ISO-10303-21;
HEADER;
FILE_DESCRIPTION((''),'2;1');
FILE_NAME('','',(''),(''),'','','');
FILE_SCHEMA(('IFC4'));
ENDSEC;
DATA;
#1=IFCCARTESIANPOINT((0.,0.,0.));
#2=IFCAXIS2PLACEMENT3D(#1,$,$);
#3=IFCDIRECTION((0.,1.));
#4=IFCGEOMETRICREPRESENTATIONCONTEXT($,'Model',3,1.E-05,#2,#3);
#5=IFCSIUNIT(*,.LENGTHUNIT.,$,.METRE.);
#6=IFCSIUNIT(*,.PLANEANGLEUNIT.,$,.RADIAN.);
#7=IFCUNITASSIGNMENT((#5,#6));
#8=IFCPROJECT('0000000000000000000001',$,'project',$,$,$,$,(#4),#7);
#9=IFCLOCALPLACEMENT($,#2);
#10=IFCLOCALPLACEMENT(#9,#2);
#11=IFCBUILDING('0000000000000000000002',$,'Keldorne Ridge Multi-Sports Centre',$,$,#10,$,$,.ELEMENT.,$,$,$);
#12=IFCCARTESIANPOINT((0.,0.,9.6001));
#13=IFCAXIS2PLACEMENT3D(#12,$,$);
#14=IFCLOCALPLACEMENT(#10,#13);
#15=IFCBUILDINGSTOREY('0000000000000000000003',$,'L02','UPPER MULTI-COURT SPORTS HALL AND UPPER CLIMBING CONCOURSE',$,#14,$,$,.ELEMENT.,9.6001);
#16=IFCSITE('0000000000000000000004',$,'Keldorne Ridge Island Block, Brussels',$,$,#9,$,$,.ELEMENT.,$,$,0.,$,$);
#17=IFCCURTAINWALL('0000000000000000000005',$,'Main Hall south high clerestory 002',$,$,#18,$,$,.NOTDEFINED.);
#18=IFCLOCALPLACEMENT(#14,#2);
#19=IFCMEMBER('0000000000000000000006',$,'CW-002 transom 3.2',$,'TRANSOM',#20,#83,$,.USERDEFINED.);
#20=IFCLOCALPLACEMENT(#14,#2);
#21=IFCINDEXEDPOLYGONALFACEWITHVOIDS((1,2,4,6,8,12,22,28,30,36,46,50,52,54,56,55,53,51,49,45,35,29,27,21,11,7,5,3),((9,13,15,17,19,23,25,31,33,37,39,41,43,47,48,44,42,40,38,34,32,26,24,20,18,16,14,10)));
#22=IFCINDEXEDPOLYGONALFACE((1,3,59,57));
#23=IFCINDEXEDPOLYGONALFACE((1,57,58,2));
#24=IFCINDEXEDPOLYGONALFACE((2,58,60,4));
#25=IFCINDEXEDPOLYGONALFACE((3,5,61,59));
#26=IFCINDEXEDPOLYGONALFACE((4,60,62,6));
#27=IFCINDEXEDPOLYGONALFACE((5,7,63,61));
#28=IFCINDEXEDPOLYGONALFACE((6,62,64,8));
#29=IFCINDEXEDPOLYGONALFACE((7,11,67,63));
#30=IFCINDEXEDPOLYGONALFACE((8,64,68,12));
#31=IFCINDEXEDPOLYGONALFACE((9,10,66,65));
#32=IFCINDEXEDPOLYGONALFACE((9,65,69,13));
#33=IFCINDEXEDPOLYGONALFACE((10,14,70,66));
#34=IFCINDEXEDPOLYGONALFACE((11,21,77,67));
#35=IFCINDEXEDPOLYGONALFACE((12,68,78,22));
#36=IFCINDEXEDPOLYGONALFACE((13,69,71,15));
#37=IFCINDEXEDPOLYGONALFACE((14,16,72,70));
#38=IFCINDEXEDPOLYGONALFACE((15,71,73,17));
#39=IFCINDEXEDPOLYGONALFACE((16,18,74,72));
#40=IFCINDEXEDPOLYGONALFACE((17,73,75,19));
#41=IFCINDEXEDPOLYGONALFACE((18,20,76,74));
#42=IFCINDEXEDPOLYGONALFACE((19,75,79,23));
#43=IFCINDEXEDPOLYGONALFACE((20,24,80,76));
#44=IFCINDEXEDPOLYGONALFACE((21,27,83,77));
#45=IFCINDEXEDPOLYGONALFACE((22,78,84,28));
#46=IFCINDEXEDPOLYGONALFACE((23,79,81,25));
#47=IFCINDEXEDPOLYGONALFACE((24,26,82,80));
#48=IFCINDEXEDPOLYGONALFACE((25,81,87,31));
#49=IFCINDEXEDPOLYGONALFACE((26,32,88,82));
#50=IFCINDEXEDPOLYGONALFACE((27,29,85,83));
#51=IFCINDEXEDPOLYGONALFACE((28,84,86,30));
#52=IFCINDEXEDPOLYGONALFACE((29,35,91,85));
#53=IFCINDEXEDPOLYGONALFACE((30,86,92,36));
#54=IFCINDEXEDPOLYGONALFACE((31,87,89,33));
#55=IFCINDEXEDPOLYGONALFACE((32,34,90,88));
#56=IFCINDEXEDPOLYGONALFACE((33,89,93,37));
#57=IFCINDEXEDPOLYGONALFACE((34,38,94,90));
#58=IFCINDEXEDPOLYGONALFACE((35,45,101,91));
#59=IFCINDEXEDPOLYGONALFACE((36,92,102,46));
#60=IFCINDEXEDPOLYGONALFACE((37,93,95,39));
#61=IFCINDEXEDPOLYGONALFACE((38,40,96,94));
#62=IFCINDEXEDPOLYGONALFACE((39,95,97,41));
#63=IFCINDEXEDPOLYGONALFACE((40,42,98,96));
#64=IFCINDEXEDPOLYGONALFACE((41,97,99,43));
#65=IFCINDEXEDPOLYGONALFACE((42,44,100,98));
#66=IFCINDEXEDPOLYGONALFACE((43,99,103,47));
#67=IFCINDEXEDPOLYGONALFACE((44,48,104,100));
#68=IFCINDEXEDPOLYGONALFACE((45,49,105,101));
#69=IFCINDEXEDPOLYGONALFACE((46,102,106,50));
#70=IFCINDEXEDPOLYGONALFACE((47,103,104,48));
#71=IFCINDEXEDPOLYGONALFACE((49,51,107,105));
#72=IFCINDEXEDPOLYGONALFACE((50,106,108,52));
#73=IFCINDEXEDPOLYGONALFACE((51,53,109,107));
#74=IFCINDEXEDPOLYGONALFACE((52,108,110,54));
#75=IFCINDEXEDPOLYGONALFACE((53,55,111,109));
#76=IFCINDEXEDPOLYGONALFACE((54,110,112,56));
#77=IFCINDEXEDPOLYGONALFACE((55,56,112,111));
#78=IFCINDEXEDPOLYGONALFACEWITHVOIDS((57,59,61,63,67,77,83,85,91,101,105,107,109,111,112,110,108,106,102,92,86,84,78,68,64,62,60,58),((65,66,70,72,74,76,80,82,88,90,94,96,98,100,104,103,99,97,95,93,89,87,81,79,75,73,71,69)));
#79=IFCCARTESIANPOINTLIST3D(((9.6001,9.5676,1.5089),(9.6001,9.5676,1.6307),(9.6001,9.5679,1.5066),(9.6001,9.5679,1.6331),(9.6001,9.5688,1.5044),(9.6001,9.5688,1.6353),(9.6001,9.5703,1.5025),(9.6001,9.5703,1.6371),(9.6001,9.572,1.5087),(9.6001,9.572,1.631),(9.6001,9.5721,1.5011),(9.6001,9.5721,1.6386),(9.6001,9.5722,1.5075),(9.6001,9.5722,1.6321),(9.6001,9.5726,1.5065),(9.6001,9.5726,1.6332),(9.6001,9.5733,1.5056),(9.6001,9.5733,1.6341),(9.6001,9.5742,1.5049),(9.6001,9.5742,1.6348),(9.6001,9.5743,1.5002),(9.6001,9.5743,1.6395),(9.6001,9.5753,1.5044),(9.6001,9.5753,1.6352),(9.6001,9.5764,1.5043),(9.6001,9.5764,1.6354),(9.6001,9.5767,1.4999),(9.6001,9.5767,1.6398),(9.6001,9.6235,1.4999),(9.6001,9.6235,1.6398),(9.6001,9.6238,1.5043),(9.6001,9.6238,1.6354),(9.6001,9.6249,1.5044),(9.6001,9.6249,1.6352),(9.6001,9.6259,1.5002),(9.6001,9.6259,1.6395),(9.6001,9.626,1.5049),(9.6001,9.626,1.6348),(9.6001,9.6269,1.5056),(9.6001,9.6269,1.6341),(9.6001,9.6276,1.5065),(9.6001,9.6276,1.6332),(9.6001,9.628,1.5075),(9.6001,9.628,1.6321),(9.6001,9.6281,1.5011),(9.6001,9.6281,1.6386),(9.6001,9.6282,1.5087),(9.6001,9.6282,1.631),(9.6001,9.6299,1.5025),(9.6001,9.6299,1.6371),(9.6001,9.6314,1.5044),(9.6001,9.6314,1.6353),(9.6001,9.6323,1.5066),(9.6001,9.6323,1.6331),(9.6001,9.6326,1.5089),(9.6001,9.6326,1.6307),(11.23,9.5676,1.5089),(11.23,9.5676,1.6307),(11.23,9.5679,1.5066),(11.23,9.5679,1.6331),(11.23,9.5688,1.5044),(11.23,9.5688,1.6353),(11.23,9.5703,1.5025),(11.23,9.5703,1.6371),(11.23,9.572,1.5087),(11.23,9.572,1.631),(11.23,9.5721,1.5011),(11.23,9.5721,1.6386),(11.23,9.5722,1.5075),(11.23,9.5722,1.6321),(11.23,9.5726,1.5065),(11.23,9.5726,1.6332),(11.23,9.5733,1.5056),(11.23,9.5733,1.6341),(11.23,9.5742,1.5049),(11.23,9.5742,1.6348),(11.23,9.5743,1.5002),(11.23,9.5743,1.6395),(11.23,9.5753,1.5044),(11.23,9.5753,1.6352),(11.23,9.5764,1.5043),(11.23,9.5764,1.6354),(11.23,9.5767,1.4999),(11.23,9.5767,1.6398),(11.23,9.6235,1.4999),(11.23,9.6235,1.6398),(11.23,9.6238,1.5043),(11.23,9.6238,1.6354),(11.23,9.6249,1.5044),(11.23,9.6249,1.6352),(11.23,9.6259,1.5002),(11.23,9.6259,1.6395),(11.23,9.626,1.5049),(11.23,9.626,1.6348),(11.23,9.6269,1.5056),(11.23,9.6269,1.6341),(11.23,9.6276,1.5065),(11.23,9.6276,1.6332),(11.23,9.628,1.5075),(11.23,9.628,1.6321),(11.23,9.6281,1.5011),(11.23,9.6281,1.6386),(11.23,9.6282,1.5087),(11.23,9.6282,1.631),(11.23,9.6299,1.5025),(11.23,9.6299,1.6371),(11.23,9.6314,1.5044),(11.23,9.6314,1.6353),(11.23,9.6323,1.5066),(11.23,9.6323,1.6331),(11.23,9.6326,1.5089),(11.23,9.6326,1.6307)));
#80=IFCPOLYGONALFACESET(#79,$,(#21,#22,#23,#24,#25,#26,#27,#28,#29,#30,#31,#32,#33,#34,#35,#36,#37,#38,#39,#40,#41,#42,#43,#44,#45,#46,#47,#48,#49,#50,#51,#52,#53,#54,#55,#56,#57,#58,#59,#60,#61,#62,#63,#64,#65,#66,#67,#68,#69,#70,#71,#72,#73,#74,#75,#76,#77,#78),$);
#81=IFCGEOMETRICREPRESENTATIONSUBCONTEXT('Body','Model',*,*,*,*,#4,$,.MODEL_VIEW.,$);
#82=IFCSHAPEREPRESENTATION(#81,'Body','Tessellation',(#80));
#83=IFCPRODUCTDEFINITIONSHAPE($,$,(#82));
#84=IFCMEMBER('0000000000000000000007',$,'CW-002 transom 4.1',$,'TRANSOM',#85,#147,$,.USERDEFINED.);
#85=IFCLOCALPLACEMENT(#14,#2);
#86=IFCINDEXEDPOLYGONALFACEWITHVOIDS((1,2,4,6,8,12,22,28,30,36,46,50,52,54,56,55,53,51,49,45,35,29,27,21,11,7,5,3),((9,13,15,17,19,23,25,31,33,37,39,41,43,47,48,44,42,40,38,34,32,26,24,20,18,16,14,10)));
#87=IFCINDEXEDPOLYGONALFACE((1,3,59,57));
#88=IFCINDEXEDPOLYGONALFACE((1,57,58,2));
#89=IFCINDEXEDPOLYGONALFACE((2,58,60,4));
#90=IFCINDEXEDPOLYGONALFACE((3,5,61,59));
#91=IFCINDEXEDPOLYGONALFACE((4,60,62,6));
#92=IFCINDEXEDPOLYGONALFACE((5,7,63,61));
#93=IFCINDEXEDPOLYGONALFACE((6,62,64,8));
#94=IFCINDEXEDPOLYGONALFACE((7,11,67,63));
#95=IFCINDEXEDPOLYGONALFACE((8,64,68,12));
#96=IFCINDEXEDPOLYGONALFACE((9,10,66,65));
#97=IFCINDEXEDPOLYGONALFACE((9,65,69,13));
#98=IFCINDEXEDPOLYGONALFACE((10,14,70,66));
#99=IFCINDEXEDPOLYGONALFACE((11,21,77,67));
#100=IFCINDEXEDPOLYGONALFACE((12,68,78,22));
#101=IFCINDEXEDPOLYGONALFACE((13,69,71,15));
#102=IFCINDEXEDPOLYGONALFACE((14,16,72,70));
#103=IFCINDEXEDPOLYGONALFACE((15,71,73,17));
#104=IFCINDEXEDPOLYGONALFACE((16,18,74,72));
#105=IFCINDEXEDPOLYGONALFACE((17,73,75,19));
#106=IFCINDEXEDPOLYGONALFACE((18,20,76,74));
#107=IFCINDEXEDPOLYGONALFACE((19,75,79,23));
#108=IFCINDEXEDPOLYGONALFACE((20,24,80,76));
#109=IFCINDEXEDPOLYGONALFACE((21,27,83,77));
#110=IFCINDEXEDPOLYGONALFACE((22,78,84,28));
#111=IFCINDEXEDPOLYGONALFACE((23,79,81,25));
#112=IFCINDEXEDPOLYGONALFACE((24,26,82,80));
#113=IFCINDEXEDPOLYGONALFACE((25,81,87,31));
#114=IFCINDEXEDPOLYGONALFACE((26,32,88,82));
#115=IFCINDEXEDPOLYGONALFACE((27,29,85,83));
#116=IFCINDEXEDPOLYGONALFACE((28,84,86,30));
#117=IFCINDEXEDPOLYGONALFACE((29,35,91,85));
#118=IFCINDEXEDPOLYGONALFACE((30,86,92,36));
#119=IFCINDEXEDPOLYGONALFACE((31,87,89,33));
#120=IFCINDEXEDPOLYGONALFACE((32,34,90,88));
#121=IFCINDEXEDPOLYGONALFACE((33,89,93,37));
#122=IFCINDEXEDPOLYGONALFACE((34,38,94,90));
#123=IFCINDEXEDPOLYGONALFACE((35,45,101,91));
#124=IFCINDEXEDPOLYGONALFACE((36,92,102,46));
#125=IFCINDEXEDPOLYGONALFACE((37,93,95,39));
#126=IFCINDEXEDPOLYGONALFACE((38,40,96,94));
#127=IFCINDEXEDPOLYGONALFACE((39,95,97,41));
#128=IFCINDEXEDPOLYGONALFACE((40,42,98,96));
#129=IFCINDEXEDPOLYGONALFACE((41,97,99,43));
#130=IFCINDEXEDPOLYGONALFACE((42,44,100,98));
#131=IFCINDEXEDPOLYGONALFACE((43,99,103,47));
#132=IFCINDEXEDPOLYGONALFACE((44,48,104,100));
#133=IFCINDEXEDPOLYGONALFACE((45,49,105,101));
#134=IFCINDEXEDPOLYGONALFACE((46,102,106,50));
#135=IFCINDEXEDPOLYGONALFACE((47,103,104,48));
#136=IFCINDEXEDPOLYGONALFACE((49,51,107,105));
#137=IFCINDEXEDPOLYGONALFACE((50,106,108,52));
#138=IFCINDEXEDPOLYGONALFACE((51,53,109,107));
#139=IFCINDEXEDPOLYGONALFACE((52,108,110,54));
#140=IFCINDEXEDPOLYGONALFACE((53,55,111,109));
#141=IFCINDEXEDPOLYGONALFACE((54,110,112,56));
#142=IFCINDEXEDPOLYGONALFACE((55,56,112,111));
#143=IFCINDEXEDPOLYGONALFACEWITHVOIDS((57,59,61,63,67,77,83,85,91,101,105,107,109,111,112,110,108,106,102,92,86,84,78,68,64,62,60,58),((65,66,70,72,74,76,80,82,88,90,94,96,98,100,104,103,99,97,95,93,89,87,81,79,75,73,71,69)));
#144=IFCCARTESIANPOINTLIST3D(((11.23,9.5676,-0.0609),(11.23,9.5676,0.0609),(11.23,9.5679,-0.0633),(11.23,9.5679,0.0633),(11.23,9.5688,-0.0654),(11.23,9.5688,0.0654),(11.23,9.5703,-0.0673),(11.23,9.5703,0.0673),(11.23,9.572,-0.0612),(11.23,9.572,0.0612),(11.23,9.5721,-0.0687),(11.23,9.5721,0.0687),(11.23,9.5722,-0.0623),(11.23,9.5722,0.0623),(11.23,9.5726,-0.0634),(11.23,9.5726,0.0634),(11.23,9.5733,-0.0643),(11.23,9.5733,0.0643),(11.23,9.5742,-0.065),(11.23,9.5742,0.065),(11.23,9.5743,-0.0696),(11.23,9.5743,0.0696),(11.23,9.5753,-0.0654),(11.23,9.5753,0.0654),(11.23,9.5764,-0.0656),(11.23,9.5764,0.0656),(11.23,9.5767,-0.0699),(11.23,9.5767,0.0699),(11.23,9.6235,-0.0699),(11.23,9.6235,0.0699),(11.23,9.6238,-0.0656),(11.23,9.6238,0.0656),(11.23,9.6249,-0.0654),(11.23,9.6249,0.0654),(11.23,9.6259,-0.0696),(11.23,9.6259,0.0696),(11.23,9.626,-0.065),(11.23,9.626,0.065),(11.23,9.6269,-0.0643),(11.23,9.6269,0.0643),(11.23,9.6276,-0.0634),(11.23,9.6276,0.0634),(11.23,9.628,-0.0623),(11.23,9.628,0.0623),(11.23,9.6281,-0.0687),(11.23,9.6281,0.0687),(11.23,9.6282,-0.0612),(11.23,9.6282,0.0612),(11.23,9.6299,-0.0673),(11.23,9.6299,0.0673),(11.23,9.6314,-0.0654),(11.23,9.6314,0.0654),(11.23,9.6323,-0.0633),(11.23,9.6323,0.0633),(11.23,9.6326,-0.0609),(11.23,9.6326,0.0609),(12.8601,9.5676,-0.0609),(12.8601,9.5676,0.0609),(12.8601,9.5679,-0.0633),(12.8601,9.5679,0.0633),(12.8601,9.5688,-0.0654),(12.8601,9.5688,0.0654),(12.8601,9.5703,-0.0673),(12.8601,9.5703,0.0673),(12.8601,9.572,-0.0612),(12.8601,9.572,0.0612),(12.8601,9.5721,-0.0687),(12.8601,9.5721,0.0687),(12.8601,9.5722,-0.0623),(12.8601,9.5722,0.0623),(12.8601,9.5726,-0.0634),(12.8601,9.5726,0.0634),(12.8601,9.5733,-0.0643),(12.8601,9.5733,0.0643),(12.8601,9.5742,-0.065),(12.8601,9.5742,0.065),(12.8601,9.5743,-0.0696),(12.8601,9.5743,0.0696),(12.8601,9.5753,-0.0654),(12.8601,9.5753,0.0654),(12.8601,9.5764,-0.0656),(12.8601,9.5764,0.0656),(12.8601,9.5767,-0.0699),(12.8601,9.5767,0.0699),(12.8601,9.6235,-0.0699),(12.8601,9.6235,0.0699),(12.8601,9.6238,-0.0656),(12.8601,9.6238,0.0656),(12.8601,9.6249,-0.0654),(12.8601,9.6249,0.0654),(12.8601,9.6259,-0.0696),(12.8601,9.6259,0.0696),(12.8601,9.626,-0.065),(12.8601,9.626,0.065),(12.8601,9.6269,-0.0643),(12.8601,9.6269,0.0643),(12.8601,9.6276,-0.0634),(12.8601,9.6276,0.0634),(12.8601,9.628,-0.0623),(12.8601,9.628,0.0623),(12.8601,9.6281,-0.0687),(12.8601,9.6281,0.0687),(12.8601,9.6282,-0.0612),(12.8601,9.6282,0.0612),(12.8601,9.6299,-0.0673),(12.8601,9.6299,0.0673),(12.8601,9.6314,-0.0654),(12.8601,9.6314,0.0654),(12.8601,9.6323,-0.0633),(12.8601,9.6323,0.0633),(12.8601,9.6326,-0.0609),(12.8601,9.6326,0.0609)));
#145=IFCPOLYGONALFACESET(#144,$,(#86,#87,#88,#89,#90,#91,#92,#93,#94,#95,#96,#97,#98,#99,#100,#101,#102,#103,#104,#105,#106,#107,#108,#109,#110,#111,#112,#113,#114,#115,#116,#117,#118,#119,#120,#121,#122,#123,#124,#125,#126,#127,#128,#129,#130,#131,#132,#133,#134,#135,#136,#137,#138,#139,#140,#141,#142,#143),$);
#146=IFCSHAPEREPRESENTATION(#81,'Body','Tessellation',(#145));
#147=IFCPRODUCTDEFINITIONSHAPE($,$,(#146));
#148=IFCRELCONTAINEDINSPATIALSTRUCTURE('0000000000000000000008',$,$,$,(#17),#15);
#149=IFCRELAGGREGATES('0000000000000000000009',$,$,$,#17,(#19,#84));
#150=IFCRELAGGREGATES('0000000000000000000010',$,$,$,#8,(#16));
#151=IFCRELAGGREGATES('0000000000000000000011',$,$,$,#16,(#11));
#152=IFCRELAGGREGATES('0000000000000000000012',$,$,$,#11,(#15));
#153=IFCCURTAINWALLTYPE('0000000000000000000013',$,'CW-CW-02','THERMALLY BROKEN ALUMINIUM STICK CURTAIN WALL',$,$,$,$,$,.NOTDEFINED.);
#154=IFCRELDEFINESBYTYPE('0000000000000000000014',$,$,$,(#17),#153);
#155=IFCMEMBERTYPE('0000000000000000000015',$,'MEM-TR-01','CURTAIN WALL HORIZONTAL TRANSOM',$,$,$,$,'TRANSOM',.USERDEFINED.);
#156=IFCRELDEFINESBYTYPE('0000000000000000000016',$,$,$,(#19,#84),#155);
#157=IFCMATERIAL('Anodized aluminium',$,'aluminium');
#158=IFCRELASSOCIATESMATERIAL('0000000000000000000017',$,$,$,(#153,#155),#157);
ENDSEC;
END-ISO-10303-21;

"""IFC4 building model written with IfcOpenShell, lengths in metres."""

from ifc_helpers import new_model, si_unit, direction, frame, origin, origin_2d, place, context, subcontext, project, spatial, hollow_rectangle, extrude, material, material_profile, profile_set, type_object, element, aggregate, save


model = new_model("IFC4")

# Units and contexts
model_context = context("Model", 3, precision=1e-05, world=origin(), true_north=direction((0.0, 1.0)))
body_context = subcontext(model_context, "Body", "Model", "MODEL_VIEW")
ifc_project = project(units=[si_unit("LENGTHUNIT", "METRE"), si_unit("PLANEANGLEUNIT", "RADIAN")], contexts=[model_context])

# Site, building, storey
site_placement = place(None, origin())
site = spatial("IfcSite", under=ifc_project, at=site_placement, Name="Keldorne Ridge Island Block, Brussels", CompositionType="ELEMENT", RefElevation=0.0)
building_placement = place(site_placement, origin())
building = spatial("IfcBuilding", under=site, at=building_placement, Name="Keldorne Ridge Multi-Sports Centre", CompositionType="ELEMENT")
storey_placement = place(building_placement, frame((0.0, 0.0, 9.6001)))
storey = spatial("IfcBuildingStorey", under=building, at=storey_placement, Name="L02", Description="UPPER MULTI-COURT SPORTS HALL AND UPPER CLIMBING CONCOURSE", CompositionType="ELEMENT", Elevation=9.6001)

# Curtain wall
ifc_material_1 = material(Name="Anodized aluminium", Category="aluminium")
curtain_wall_type_1 = type_object("IfcCurtainWallType", Name="CW-CW-02", Description="THERMALLY BROKEN ALUMINIUM STICK CURTAIN WALL", PredefinedType="NOTDEFINED", material=ifc_material_1)
curtain_wall_1_placement = place(storey_placement, origin())
curtain_wall_1 = element("IfcCurtainWall", 1, at=curtain_wall_1_placement, inside=storey, type_object=curtain_wall_type_1, Name="Main Hall south high clerestory 002", PredefinedType="NOTDEFINED")

# Members
ifc_material_profile_1 = material_profile(ifc_material_1, hollow_rectangle(XDim=0.0649, YDim=0.1399, WallThickness=0.0044, InnerFilletRadius=0.0044, OuterFilletRadius=0.009, at=origin_2d()), Name="ALU TRANSOM 140x65x4.5")
ifc_profile_set_1 = profile_set([ifc_material_profile_1], Name="Anodized aluminium")
member_type_1 = type_object("IfcMemberType", Name="MEM-TR-01", Description="CURTAIN WALL HORIZONTAL TRANSOM", ElementType="TRANSOM", PredefinedType="USERDEFINED", material=ifc_profile_set_1)
member_1_placement = place(storey_placement, frame((9.6001, 9.6001, 1.5698), z_axis=(1.0, 0.0, 0.0), x_axis=(0.0, 1.0, 0.0)))
member_1 = element("IfcMember", 2, at=member_1_placement, type_object=member_type_1, Name="CW-002 transom 3.2", ObjectType="TRANSOM", PredefinedType="USERDEFINED", context=body_context, shape_type="SweptSolid", body=[
    extrude(hollow_rectangle(XDim=0.0649, YDim=0.1399, WallThickness=0.0044, InnerFilletRadius=0.0044, OuterFilletRadius=0.009, at=origin_2d()), origin(), (0.0, 0.0, 1.0), 1.6299),
])
member_2_placement = place(storey_placement, frame((11.23, 9.6001, 0.0), z_axis=(1.0, 0.0, 0.0), x_axis=(0.0, 1.0, 0.0)))
member_2 = element("IfcMember", 3, at=member_2_placement, type_object=member_type_1, Name="CW-002 transom 4.1", ObjectType="TRANSOM", PredefinedType="USERDEFINED", context=body_context, shape_type="SweptSolid", body=[
    extrude(hollow_rectangle(XDim=0.0649, YDim=0.1399, WallThickness=0.0044, InnerFilletRadius=0.0044, OuterFilletRadius=0.009, at=origin_2d()), origin(), (0.0, 0.0, 1.0), 1.6301),
])

aggregate(curtain_wall_1, [member_1, member_2])

save(model, "model.ifc")
